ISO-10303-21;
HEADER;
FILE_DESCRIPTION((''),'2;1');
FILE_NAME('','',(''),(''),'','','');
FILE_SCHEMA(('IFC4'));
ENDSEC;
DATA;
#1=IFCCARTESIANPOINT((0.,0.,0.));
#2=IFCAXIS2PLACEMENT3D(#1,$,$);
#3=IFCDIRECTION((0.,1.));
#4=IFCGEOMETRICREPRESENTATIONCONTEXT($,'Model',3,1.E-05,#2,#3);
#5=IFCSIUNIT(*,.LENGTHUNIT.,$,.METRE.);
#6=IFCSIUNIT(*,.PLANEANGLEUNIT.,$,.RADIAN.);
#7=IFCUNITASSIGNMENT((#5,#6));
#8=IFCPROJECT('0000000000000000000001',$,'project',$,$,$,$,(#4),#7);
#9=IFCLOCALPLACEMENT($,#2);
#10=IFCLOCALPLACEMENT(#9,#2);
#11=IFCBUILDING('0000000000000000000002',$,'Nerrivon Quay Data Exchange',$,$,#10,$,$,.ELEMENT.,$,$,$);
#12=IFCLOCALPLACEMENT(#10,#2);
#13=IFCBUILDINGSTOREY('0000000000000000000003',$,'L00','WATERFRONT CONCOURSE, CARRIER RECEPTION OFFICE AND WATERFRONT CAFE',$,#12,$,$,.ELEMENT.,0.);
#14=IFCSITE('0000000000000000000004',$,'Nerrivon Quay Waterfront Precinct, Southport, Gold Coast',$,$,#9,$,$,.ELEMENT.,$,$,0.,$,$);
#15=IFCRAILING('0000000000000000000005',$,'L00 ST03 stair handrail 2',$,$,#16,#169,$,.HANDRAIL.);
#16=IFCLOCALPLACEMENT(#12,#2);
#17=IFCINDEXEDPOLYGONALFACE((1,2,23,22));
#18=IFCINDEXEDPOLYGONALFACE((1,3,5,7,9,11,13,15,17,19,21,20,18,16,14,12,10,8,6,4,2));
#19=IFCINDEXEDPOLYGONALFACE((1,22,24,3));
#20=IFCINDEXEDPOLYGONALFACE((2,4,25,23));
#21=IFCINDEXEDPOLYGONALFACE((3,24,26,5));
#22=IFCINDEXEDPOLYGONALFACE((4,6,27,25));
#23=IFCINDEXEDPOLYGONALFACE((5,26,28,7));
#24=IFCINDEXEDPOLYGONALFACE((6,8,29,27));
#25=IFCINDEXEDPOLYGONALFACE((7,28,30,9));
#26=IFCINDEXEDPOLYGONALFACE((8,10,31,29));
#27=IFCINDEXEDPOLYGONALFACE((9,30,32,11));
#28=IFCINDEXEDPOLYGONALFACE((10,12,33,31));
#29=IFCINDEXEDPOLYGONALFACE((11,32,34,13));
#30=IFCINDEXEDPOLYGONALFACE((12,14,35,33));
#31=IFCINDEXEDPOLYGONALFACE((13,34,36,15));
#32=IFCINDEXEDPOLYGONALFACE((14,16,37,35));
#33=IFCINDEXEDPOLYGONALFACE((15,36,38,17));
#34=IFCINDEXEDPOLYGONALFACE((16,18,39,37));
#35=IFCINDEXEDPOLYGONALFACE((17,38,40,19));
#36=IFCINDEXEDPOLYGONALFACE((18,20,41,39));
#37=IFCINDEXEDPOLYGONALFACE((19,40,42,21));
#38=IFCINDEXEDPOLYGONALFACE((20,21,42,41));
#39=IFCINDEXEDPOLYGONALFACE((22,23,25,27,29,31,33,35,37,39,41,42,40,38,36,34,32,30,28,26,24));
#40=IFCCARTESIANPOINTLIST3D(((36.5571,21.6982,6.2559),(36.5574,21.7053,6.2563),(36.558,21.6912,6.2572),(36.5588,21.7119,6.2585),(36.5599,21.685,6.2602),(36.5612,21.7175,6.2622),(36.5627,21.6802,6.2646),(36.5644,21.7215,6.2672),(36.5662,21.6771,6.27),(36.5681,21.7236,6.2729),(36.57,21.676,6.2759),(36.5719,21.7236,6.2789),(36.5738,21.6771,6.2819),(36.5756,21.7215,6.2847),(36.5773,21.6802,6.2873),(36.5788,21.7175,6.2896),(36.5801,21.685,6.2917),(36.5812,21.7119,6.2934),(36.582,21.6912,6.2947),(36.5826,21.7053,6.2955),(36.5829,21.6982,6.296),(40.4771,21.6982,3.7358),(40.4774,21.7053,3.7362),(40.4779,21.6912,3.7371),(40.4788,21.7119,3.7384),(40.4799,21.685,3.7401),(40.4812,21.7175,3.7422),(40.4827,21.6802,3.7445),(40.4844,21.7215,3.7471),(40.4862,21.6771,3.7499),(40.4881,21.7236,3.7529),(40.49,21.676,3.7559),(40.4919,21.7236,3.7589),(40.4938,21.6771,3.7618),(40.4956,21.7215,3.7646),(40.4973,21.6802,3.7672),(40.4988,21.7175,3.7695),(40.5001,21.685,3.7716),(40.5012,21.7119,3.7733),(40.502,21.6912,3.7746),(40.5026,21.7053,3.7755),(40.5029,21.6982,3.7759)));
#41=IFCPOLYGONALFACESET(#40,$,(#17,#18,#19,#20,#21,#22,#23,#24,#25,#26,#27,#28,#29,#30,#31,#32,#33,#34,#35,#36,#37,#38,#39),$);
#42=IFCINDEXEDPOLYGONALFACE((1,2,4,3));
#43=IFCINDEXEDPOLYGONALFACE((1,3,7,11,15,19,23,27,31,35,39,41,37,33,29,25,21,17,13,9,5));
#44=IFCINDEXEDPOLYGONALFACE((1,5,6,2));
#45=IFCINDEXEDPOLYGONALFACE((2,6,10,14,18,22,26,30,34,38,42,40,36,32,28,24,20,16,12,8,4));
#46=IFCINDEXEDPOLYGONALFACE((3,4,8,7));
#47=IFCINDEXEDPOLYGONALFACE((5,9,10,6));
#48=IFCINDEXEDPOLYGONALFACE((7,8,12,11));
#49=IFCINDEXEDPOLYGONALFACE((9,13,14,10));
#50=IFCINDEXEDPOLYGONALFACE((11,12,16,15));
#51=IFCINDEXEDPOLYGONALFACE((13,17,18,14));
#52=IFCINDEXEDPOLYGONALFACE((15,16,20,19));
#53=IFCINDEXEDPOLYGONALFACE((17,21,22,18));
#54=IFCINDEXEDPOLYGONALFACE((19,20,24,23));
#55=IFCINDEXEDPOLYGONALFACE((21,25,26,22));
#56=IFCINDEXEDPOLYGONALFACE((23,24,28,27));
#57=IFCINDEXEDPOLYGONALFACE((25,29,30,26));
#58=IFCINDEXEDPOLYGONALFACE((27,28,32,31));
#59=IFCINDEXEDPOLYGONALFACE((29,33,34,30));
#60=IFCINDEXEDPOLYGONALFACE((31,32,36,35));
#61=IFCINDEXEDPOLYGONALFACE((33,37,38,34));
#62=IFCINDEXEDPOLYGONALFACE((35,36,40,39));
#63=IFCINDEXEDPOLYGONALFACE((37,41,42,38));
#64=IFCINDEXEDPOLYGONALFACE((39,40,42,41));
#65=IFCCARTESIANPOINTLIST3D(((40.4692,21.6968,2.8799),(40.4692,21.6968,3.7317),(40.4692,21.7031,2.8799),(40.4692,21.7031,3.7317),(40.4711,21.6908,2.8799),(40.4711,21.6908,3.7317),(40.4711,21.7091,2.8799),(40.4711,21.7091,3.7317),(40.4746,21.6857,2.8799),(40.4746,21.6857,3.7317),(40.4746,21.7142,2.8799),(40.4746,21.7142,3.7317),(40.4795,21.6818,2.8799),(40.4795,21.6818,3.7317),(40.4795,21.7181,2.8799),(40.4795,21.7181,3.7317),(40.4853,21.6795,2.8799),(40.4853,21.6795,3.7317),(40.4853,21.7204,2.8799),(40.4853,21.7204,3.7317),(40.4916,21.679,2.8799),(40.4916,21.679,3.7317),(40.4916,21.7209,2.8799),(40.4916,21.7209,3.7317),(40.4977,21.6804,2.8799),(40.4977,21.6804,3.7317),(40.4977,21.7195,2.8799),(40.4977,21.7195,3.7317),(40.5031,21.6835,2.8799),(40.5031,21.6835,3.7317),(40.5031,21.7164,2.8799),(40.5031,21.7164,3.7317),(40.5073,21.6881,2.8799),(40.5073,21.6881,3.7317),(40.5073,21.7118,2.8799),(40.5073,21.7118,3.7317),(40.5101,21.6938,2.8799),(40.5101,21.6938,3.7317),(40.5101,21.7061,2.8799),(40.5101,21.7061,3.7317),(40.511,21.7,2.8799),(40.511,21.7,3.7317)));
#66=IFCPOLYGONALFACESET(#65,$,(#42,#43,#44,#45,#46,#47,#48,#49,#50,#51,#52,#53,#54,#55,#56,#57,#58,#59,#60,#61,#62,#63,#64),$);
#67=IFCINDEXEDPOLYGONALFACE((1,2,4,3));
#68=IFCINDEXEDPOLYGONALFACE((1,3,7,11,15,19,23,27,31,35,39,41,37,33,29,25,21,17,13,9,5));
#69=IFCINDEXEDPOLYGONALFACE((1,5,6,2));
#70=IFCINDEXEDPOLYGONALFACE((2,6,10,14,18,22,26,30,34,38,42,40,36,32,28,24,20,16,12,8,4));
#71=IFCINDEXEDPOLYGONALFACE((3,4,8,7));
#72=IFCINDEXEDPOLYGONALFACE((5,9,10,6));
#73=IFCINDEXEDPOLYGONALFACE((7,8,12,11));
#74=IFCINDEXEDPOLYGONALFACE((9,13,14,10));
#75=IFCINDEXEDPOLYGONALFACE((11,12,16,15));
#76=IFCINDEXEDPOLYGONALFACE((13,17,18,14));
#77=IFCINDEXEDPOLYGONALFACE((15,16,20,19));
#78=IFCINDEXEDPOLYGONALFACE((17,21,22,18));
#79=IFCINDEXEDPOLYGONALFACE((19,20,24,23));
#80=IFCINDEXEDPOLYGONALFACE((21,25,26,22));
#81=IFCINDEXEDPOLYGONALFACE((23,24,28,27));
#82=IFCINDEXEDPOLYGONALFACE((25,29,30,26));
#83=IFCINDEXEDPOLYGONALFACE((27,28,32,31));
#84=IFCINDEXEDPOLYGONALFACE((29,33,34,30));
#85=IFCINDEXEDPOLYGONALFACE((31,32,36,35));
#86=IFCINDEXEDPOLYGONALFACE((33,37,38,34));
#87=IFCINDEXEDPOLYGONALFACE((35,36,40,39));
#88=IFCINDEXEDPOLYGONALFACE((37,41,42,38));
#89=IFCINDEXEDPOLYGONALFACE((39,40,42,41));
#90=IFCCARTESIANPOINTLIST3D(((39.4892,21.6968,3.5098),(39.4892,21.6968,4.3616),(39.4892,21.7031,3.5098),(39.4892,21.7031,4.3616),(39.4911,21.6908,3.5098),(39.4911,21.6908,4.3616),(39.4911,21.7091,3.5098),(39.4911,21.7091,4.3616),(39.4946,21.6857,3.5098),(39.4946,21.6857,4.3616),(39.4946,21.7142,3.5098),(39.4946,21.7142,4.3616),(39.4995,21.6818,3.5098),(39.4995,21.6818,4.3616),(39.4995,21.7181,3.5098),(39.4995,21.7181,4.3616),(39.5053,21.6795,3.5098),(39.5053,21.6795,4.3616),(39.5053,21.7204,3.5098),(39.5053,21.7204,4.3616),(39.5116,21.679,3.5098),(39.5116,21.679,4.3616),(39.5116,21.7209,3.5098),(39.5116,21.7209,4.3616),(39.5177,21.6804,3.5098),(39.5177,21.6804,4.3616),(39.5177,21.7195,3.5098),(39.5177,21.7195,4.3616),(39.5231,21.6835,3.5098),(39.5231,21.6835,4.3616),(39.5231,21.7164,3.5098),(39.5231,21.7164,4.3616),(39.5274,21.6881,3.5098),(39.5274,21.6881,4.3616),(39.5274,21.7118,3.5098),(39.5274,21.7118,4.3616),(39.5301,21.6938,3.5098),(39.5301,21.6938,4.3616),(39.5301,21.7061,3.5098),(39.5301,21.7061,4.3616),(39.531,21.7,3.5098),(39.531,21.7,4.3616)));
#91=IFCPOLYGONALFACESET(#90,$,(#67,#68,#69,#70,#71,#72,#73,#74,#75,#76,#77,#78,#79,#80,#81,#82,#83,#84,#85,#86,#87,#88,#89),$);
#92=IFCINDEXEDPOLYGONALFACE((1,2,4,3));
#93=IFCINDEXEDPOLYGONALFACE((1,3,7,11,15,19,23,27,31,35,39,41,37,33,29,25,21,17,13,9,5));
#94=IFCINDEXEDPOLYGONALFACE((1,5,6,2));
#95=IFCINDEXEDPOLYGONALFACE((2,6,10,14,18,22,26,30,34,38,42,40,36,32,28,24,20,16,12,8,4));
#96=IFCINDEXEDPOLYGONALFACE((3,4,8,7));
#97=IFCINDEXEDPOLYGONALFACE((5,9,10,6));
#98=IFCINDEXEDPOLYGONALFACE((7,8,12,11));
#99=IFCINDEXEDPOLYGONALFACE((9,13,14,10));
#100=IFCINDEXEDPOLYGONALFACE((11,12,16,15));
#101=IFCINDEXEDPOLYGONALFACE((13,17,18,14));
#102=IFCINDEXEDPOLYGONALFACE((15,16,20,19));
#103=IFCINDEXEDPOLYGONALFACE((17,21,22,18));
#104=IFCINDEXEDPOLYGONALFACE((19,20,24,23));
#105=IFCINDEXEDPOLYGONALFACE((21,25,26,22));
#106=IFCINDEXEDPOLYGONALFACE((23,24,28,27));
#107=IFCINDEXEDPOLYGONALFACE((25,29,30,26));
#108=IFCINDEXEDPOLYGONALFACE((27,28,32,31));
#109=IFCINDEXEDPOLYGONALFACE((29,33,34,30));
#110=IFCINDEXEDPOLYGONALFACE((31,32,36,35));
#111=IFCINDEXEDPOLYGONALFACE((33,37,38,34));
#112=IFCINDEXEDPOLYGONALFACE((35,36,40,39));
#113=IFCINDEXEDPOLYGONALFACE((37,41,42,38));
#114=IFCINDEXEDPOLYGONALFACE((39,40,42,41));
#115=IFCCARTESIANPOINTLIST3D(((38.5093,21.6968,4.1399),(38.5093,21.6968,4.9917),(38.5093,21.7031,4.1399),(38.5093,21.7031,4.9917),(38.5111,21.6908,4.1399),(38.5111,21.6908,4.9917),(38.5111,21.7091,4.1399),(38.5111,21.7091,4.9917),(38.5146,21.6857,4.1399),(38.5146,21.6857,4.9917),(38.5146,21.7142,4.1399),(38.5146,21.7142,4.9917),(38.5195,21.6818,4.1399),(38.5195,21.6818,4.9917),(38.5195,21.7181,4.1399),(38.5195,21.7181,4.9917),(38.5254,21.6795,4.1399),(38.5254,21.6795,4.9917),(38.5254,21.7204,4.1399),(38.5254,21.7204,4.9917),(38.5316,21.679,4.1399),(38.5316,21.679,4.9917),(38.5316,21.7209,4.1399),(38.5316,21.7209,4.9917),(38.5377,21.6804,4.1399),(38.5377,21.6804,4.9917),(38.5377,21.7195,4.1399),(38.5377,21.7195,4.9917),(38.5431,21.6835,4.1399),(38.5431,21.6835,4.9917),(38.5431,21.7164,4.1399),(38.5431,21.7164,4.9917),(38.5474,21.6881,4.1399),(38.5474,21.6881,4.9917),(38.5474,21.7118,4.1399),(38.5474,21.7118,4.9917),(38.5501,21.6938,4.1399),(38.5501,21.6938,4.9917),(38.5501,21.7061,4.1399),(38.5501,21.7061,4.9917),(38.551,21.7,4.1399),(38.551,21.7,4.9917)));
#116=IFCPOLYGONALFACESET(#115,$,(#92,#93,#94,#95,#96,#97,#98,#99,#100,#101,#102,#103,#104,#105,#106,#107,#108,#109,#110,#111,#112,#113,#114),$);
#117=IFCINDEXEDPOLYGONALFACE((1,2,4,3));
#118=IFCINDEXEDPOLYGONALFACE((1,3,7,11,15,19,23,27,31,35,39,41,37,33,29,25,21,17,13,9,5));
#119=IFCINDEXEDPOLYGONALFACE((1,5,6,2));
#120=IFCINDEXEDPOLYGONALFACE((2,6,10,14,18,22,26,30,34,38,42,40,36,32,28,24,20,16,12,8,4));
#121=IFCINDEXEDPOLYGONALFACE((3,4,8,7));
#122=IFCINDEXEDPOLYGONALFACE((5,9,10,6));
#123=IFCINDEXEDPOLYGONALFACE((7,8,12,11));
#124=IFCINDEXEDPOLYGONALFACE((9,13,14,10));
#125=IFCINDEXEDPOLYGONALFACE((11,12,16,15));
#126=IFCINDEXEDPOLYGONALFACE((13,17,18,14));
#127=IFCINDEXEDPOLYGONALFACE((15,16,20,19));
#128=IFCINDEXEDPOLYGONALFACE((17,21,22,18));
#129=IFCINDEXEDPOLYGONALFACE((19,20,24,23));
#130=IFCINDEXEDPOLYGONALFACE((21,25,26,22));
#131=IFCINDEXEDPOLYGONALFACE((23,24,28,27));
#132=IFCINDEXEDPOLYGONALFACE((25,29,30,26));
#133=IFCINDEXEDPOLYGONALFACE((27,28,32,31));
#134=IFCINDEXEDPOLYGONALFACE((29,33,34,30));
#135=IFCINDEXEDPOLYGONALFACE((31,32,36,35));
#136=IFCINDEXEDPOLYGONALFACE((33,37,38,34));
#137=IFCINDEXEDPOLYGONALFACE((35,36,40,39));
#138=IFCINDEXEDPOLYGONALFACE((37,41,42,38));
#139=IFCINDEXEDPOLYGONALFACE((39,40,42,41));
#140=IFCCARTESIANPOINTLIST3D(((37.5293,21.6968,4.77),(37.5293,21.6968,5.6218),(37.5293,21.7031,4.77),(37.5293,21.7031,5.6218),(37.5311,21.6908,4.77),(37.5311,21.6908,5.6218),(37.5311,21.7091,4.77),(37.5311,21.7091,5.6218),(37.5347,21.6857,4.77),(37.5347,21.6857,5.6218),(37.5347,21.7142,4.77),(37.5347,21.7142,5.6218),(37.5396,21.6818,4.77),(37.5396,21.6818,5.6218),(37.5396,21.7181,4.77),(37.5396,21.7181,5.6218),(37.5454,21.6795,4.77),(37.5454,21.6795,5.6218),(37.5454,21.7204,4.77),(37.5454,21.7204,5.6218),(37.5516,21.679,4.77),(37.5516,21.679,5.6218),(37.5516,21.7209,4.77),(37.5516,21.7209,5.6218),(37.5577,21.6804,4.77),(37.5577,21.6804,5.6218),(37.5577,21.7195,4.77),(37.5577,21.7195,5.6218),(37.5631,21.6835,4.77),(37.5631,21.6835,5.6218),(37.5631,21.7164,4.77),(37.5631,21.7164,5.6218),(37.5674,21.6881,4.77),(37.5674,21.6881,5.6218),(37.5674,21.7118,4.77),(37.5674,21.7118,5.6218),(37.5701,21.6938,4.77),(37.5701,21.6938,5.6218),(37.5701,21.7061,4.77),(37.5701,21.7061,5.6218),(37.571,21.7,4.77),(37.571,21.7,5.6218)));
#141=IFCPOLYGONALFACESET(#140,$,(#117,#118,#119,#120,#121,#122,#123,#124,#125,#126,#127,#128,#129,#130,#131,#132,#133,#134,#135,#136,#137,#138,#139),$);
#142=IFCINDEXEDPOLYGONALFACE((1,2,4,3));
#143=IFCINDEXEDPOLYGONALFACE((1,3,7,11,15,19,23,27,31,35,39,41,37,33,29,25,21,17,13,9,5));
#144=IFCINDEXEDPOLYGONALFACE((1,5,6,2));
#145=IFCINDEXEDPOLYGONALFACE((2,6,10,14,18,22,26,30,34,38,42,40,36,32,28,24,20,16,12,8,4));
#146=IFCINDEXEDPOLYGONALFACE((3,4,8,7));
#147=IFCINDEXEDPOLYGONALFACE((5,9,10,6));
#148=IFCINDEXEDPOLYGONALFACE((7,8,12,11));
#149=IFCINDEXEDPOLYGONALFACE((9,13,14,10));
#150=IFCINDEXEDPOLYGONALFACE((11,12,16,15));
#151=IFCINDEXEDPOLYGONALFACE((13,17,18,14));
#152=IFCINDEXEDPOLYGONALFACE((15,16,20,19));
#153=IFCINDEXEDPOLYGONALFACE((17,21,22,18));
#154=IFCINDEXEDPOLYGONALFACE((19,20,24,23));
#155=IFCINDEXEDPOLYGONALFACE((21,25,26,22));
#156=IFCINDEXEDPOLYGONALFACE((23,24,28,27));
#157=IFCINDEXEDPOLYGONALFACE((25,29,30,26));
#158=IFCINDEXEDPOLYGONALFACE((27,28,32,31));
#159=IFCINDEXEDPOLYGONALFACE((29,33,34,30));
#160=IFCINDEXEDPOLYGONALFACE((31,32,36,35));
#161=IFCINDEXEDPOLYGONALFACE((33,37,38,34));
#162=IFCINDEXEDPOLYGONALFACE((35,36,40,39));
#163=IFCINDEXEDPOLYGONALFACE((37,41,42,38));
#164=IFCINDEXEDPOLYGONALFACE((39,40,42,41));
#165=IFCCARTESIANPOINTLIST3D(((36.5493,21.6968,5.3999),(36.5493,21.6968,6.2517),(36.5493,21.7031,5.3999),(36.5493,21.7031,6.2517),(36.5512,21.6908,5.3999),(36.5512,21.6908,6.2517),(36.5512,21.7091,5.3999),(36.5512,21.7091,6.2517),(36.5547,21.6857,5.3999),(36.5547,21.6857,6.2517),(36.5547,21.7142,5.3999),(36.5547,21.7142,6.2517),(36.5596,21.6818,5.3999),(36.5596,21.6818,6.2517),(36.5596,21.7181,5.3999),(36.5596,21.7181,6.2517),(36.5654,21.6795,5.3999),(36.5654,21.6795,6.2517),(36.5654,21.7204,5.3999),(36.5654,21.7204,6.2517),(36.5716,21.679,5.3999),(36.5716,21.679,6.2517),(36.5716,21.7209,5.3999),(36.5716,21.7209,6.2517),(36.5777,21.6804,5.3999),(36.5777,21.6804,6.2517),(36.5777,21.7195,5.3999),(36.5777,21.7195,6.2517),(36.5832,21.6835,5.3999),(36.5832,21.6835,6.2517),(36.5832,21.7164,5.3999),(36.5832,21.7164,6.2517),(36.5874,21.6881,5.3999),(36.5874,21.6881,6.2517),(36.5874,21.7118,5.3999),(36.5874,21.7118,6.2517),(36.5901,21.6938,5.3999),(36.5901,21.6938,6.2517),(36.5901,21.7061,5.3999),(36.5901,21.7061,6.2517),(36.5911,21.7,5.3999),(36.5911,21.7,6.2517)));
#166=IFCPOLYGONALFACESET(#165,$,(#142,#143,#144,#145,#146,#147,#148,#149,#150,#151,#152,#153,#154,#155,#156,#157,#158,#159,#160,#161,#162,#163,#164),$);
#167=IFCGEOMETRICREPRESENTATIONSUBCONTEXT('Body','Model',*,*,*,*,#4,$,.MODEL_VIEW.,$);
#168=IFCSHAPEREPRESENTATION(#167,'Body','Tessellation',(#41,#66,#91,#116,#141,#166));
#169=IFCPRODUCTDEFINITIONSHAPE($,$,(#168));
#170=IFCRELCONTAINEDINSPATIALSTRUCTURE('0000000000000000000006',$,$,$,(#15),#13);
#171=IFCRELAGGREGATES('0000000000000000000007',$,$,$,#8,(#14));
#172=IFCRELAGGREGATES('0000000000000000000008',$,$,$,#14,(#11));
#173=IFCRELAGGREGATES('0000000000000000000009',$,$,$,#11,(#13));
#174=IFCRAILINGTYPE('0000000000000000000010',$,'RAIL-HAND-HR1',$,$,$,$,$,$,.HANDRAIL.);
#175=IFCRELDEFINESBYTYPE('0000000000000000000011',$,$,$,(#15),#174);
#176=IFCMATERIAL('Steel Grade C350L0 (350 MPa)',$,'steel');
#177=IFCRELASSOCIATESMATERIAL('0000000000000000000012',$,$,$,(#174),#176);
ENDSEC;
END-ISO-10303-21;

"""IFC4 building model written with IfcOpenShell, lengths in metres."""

from ifc_helpers import new_model, si_unit, direction, frame, origin, origin_2d, place, context, subcontext, project, spatial, circle, extrude, material, type_object, element, save


model = new_model("IFC4")

# Units and contexts
model_context = context("Model", 3, precision=1e-05, world=origin(), true_north=direction((0.0, 1.0)))
body_context = subcontext(model_context, "Body", "Model", "MODEL_VIEW")
ifc_project = project(units=[si_unit("LENGTHUNIT", "METRE"), si_unit("PLANEANGLEUNIT", "RADIAN")], contexts=[model_context])

# Site, building, storey
site_placement = place(None, origin())
site = spatial("IfcSite", under=ifc_project, at=site_placement, Name="Nerrivon Quay Waterfront Precinct, Southport, Gold Coast", CompositionType="ELEMENT", RefElevation=0.0)
building_placement = place(site_placement, origin())
building = spatial("IfcBuilding", under=site, at=building_placement, Name="Nerrivon Quay Data Exchange", CompositionType="ELEMENT")
storey_placement = place(building_placement, origin())
storey = spatial("IfcBuildingStorey", under=building, at=storey_placement, Name="L00", Description="WATERFRONT CONCOURSE, CARRIER RECEPTION OFFICE AND WATERFRONT CAFE", CompositionType="ELEMENT", Elevation=0.0)

# Railing
ifc_material_1 = material(Name="Steel Grade C350L0 (350 MPa)", Category="steel")
railing_type_1 = type_object("IfcRailingType", Name="RAIL-HAND-HR1", PredefinedType="HANDRAIL", material=ifc_material_1)
railing_1_placement = place(storey_placement, frame((40.49, 21.7, 2.8799)))
element("IfcRailing", 1, at=railing_1_placement, inside=storey, type_object=railing_type_1, Name="L00 ST03 stair handrail 2", PredefinedType="HANDRAIL", context=body_context, shape_type="SweptSolid", body=[
    extrude(circle(Radius=0.0239, at=origin_2d()), frame((0.0, 0.0, 0.876), z_axis=(-0.841172, 0.0, 0.540768), x_axis=(0.0, -1.0, 0.0)), (0.0, 0.0, 1.0), 4.6602),
    extrude(circle(Radius=0.021, at=origin_2d()), origin(), (0.0, 0.0, 1.0), 0.8518),
    extrude(circle(Radius=0.021, at=origin_2d()), frame((-0.98, 0.0, 0.6299)), (0.0, 0.0, 1.0), 0.8518),
    extrude(circle(Radius=0.021, at=origin_2d()), frame((-1.96, 0.0, 1.26)), (0.0, 0.0, 1.0), 0.8518),
    extrude(circle(Radius=0.021, at=origin_2d()), frame((-2.9399, 0.0, 1.8901)), (0.0, 0.0, 1.0), 0.8518),
    extrude(circle(Radius=0.021, at=origin_2d()), frame((-3.9199, 0.0, 2.52)), (0.0, 0.0, 1.0), 0.8518),
])

save(model, "model.ifc")
